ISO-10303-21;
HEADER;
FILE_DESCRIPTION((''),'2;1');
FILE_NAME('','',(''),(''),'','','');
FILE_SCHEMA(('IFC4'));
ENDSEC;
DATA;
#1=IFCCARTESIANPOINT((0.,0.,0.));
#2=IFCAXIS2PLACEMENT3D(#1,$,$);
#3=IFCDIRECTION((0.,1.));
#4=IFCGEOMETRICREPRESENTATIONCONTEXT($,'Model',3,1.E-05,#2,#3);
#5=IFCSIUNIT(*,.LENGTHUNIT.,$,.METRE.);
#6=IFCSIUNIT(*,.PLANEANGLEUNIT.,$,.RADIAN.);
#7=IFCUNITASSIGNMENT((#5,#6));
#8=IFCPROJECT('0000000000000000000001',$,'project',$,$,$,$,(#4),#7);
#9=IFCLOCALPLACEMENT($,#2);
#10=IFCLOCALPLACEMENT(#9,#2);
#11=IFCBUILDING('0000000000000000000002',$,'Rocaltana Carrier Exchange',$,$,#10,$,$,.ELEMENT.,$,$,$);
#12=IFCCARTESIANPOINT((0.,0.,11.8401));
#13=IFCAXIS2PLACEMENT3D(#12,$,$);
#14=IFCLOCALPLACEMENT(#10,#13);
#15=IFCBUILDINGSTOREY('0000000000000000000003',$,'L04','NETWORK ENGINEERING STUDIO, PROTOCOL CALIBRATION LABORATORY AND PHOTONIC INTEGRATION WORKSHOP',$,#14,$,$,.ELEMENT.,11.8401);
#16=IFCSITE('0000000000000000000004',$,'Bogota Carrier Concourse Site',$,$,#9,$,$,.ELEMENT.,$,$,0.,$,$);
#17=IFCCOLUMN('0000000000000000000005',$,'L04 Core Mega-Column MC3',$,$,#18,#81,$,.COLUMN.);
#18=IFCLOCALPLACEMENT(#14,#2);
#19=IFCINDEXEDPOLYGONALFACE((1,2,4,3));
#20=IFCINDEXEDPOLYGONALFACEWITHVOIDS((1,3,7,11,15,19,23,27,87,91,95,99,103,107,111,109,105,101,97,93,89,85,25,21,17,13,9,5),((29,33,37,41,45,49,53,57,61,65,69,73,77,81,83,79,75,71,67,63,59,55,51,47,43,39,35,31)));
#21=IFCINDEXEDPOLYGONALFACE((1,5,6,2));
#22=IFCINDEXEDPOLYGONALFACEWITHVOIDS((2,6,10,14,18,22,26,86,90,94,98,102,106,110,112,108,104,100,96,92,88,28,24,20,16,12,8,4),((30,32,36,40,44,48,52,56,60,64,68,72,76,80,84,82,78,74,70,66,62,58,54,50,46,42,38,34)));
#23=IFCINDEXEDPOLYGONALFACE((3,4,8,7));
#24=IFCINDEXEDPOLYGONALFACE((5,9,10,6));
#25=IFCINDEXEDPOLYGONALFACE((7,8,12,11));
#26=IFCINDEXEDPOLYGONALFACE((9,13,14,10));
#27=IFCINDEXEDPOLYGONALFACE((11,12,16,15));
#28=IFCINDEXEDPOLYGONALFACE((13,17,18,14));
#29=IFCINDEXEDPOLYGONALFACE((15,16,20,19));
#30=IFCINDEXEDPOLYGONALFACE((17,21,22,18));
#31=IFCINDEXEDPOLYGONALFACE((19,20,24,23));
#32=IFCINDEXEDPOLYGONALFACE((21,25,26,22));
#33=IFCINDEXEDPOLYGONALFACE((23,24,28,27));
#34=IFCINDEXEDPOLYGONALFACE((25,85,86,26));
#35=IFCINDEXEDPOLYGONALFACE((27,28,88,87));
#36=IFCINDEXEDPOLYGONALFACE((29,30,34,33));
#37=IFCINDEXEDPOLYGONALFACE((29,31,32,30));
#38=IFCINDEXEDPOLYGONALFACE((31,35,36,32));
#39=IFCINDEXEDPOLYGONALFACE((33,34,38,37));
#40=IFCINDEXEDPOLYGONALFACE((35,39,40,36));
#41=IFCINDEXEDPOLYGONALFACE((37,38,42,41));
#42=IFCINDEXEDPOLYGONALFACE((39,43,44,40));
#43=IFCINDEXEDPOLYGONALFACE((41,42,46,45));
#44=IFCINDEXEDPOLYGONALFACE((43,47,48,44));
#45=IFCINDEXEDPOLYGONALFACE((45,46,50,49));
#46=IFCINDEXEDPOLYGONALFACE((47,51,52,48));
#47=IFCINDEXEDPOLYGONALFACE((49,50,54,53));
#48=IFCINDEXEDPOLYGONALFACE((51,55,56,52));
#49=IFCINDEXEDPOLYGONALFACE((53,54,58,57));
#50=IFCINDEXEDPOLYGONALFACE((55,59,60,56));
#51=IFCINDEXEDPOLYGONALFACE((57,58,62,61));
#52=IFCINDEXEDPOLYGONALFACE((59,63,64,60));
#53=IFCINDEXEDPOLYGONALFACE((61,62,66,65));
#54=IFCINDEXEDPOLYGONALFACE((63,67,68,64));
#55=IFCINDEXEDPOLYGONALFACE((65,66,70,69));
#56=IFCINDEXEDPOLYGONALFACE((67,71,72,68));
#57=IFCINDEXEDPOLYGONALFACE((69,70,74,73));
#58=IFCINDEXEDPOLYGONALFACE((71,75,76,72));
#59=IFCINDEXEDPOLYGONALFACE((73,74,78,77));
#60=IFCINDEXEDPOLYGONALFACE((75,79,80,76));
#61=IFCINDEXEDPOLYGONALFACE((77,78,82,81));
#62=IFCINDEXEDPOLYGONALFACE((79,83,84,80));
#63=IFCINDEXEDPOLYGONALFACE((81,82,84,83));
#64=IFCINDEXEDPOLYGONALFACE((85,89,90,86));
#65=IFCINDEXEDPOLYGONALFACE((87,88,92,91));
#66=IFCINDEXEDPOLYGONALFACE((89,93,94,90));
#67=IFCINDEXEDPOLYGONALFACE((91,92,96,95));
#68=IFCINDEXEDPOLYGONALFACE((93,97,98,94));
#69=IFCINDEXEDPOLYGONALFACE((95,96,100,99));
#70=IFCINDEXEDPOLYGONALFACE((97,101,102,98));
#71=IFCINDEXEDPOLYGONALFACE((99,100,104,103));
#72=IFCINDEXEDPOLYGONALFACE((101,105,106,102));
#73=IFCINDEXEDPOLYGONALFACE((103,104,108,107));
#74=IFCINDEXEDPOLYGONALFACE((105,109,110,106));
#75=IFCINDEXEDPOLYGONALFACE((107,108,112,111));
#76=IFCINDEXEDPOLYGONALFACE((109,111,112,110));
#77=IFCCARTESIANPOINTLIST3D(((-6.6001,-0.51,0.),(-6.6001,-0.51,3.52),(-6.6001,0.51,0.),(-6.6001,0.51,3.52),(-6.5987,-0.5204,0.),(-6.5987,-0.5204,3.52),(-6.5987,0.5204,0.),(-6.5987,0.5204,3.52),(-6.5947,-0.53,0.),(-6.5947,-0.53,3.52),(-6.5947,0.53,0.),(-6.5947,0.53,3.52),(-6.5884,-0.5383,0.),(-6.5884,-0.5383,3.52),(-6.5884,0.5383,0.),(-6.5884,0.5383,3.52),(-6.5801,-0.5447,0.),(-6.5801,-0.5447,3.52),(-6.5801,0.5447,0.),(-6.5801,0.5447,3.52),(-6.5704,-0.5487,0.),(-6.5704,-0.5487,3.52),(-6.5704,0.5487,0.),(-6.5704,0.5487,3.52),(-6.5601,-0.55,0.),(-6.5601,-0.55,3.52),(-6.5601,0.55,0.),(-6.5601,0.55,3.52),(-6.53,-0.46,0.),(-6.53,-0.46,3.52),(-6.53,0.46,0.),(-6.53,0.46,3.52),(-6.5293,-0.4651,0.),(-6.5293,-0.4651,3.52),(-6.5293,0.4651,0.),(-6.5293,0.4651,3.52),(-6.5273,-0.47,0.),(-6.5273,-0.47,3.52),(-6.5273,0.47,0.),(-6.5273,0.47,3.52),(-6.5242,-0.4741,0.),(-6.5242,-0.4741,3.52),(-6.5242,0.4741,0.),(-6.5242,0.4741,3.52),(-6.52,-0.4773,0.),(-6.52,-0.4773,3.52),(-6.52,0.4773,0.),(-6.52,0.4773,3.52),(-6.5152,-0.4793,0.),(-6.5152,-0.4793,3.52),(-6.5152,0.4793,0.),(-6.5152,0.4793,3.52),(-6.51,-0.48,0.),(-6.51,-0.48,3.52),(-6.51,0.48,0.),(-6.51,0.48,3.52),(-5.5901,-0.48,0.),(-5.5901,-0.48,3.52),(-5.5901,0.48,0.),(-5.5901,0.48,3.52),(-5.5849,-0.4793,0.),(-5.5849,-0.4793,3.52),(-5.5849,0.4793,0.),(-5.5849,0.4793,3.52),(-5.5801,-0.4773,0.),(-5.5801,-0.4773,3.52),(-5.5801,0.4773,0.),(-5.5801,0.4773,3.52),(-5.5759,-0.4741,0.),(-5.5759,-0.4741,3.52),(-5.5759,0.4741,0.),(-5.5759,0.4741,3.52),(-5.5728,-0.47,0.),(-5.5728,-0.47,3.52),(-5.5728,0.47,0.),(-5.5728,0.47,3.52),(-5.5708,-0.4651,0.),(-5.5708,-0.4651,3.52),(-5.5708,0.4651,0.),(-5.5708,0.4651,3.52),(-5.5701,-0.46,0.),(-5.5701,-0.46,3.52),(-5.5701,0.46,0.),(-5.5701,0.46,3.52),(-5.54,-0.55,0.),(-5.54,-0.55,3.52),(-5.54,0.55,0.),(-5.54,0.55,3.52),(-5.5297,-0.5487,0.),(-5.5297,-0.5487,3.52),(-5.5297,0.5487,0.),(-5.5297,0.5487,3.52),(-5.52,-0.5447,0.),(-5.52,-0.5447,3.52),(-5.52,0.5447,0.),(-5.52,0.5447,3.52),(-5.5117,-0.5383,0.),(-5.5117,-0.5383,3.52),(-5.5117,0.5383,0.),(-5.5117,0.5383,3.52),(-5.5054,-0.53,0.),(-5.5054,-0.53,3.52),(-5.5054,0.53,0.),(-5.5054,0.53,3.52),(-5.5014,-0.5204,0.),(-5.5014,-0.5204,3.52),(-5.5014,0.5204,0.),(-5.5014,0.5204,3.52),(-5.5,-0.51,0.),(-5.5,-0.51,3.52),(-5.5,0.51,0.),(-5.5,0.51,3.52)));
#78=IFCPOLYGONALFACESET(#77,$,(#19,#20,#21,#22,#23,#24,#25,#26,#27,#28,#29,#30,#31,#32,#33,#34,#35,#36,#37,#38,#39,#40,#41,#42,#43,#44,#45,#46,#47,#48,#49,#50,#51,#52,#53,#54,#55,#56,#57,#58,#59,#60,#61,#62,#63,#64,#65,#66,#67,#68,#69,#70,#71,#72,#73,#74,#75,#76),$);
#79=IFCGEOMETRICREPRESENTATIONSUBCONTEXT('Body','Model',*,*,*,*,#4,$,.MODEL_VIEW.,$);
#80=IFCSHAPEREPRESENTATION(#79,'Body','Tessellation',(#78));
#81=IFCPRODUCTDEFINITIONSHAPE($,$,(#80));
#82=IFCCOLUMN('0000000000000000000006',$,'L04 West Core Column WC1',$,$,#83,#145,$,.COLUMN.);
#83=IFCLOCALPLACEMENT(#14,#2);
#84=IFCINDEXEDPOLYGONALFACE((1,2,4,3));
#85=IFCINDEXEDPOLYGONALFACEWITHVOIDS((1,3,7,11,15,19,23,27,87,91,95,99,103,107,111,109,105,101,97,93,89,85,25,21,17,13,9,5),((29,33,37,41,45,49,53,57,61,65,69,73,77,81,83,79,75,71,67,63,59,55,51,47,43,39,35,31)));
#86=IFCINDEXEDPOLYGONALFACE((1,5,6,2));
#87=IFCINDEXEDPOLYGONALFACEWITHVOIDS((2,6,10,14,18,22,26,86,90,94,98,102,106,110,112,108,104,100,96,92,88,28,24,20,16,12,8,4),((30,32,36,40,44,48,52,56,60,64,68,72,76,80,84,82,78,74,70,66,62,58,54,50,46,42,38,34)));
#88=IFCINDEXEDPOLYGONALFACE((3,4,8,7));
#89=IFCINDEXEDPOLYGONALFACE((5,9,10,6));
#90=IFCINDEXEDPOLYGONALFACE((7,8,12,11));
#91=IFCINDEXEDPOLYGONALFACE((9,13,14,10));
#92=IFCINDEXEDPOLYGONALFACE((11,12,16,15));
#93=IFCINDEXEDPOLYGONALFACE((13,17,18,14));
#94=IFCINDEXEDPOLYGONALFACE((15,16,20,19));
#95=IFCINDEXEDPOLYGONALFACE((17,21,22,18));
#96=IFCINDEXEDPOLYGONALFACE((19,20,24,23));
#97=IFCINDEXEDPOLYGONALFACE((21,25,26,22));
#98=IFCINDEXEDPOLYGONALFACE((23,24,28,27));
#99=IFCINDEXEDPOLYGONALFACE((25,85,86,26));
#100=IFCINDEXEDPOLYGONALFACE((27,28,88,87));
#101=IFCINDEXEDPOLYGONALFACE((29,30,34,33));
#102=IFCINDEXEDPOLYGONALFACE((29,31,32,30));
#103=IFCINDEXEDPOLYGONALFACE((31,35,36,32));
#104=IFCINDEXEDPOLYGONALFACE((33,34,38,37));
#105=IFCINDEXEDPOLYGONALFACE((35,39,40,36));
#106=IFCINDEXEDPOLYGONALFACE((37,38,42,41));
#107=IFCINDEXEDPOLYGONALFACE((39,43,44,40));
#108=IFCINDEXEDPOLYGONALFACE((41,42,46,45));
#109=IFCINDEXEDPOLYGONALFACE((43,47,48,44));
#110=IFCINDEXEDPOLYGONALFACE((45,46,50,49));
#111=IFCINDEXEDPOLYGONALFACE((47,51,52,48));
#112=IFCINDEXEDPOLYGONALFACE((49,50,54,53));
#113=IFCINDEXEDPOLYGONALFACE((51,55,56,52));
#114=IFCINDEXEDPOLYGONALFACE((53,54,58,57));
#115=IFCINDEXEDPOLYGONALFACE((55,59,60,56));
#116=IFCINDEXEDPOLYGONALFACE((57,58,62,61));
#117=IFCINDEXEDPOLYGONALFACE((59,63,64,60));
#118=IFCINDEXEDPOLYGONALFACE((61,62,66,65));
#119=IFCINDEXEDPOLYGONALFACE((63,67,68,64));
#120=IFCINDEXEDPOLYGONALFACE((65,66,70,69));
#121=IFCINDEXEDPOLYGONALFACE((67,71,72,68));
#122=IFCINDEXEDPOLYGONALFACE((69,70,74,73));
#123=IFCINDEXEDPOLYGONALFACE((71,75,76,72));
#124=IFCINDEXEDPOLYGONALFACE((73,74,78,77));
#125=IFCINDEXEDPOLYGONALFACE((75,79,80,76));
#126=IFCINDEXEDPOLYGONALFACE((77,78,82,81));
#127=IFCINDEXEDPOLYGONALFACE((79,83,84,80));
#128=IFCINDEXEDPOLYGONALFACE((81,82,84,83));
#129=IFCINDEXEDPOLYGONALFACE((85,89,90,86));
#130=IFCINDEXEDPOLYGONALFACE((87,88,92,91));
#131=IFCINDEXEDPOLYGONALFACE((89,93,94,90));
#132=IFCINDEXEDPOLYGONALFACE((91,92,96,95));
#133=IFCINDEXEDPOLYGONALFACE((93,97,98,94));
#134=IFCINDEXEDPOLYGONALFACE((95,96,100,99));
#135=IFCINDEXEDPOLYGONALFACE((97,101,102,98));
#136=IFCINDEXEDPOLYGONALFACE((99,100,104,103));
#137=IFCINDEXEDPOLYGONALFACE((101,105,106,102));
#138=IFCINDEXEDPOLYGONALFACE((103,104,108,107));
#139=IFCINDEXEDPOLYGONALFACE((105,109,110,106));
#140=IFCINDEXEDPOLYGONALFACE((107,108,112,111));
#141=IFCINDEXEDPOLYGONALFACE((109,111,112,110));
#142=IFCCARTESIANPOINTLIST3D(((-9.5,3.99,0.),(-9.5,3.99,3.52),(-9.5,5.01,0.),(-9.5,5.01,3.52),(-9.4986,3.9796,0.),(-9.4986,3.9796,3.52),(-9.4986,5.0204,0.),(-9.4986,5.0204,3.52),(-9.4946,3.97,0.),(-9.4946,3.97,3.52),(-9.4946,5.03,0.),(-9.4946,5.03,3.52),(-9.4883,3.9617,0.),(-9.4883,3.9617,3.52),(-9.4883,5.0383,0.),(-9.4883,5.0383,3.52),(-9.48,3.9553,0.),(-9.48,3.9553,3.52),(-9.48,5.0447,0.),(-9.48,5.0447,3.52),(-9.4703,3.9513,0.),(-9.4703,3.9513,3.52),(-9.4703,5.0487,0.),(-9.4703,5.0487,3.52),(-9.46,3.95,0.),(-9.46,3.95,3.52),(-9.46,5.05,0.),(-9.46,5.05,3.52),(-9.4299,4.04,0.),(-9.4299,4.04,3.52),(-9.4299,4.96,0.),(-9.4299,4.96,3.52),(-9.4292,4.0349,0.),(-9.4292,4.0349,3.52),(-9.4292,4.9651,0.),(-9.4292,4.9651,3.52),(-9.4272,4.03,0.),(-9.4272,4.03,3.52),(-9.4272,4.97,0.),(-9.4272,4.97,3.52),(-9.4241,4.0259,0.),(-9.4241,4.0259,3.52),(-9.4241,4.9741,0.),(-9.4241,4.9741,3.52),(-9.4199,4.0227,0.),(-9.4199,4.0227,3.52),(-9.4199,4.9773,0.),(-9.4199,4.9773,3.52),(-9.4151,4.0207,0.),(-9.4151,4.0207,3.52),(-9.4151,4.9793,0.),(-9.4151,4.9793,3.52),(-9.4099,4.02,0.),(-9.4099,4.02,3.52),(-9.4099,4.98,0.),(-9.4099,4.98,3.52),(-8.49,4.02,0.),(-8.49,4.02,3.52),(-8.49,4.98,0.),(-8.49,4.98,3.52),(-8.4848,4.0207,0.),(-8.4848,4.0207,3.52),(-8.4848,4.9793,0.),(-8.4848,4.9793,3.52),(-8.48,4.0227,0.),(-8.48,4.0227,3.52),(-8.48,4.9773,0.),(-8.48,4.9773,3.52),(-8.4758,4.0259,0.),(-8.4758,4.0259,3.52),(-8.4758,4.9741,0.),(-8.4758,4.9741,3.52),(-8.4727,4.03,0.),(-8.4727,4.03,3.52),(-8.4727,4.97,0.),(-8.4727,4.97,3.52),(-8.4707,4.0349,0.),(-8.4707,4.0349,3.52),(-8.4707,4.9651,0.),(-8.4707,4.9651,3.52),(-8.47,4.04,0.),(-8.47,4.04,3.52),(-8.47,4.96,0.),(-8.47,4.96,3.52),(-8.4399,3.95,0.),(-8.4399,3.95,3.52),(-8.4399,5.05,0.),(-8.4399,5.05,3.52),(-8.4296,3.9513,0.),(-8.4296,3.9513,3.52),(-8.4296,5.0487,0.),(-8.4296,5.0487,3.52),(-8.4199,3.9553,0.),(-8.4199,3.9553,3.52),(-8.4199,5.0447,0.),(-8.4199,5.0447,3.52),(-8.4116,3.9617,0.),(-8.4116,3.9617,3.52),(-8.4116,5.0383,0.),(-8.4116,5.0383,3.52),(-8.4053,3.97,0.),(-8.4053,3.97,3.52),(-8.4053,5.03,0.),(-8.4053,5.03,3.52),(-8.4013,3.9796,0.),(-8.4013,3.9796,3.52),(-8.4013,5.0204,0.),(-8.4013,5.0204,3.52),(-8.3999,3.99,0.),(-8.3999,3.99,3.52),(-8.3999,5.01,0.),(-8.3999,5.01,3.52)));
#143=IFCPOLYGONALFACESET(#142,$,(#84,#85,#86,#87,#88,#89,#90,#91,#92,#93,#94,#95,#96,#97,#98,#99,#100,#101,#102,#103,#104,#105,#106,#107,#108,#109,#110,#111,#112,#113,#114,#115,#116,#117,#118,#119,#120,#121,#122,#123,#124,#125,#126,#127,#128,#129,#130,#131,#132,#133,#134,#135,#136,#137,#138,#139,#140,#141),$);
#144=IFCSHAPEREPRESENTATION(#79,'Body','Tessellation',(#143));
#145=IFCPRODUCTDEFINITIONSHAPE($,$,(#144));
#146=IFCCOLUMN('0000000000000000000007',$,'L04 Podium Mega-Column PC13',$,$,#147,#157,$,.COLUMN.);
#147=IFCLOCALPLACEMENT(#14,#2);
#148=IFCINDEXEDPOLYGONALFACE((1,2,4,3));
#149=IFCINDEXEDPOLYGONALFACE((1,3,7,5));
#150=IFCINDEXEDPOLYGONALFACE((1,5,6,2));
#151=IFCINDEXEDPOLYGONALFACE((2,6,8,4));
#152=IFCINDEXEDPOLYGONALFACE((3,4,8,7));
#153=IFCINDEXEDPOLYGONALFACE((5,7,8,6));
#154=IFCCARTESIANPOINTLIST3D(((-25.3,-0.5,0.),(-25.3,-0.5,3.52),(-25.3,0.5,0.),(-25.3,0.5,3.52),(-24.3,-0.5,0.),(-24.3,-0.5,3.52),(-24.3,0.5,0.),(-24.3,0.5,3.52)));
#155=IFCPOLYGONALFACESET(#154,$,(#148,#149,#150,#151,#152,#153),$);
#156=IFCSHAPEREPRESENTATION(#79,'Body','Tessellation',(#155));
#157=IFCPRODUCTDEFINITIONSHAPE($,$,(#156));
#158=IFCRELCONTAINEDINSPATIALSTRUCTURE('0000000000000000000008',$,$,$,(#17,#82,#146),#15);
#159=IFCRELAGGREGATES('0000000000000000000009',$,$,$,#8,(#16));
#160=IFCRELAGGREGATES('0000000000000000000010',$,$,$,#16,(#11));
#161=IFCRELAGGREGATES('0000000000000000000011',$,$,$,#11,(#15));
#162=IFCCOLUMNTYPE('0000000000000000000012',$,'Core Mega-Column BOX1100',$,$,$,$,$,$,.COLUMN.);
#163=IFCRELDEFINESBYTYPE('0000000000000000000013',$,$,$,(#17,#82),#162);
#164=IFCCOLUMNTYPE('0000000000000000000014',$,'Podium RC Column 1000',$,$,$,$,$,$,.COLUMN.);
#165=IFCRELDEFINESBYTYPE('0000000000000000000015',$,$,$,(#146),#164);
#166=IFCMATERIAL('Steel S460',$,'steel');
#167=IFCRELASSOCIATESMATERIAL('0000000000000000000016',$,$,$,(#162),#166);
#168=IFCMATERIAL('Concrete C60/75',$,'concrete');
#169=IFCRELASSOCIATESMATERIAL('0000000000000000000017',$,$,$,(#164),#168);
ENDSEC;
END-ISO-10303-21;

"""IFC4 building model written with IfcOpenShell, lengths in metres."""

from ifc_helpers import new_model, si_unit, direction, frame, origin, origin_2d, place, context, subcontext, project, spatial, rectangle, hollow_rectangle, extrude, material, material_profile, profile_set, type_object, element, save


model = new_model("IFC4")

# Units and contexts
model_context = context("Model", 3, precision=1e-05, world=origin(), true_north=direction((0.0, 1.0)))
body_context = subcontext(model_context, "Body", "Model", "MODEL_VIEW")
ifc_project = project(units=[si_unit("LENGTHUNIT", "METRE"), si_unit("PLANEANGLEUNIT", "RADIAN")], contexts=[model_context])

# Site, building, storey
site_placement = place(None, origin())
site = spatial("IfcSite", under=ifc_project, at=site_placement, Name="Bogota Carrier Concourse Site", CompositionType="ELEMENT", RefElevation=0.0)
building_placement = place(site_placement, origin())
building = spatial("IfcBuilding", under=site, at=building_placement, Name="Rocaltana Carrier Exchange", CompositionType="ELEMENT")
storey_placement = place(building_placement, frame((0.0, 0.0, 11.8401)))
storey = spatial("IfcBuildingStorey", under=building, at=storey_placement, Name="L04", Description="NETWORK ENGINEERING STUDIO, PROTOCOL CALIBRATION LABORATORY AND PHOTONIC INTEGRATION WORKSHOP", CompositionType="ELEMENT", Elevation=11.8401)

# Columns
ifc_material_1 = material(Name="Steel S460", Category="steel")
ifc_material_profile_1 = material_profile(ifc_material_1, hollow_rectangle(XDim=1.1001, YDim=1.1001, WallThickness=0.0701, InnerFilletRadius=0.02, OuterFilletRadius=0.04, at=origin_2d()), Name="BOX1100X1100X70")
ifc_profile_set_1 = profile_set([ifc_material_profile_1], Name="Steel S460")
column_type_1 = type_object("IfcColumnType", Name="Core Mega-Column BOX1100", PredefinedType="COLUMN", material=ifc_profile_set_1)
for number, where, z_axis, x_axis, name in (
    (1, (-6.05, 0.0, 0.0), (0.0, 0.0, 1.0), (1.0, 0.0, 0.0), "L04 Core Mega-Column MC3"),
    (2, (-8.95, 4.5, 0.0), (0.0, 0.0, 1.0), (1.0, 0.0, 0.0), "L04 West Core Column WC1"),
):
    element("IfcColumn", number, at=place(storey_placement, frame(where, z_axis=z_axis, x_axis=x_axis)), inside=storey, type_object=column_type_1, Name=name, PredefinedType="COLUMN", context=body_context, shape_type="SweptSolid", body=[
        extrude(hollow_rectangle(XDim=1.1001, YDim=1.1001, WallThickness=0.0701, InnerFilletRadius=0.02, OuterFilletRadius=0.04, at=origin_2d()), origin(), (0.0, 0.0, 1.0), 3.52),
    ])
ifc_material_2 = material(Name="Concrete C60/75", Category="concrete")
ifc_material_profile_2 = material_profile(ifc_material_2, rectangle(XDim=1.0, YDim=1.0, at=origin_2d()), Name="RC-COL-1000X1000")
ifc_profile_set_2 = profile_set([ifc_material_profile_2], Name="Concrete C60/75")
column_type_2 = type_object("IfcColumnType", Name="Podium RC Column 1000", PredefinedType="COLUMN", material=ifc_profile_set_2)
column_placement = place(storey_placement, frame((-24.8, 0.0, 0.0), z_axis=(0.0, 0.0, 1.0), x_axis=(1.0, 0.0, 0.0)))
element("IfcColumn", 3, at=column_placement, inside=storey, type_object=column_type_2, Name="L04 Podium Mega-Column PC13", PredefinedType="COLUMN", context=body_context, shape_type="SweptSolid", body=[
    extrude(rectangle(XDim=1.0, YDim=1.0, at=origin_2d()), origin(), (0.0, 0.0, 1.0), 3.52),
])

save(model, "model.ifc")
